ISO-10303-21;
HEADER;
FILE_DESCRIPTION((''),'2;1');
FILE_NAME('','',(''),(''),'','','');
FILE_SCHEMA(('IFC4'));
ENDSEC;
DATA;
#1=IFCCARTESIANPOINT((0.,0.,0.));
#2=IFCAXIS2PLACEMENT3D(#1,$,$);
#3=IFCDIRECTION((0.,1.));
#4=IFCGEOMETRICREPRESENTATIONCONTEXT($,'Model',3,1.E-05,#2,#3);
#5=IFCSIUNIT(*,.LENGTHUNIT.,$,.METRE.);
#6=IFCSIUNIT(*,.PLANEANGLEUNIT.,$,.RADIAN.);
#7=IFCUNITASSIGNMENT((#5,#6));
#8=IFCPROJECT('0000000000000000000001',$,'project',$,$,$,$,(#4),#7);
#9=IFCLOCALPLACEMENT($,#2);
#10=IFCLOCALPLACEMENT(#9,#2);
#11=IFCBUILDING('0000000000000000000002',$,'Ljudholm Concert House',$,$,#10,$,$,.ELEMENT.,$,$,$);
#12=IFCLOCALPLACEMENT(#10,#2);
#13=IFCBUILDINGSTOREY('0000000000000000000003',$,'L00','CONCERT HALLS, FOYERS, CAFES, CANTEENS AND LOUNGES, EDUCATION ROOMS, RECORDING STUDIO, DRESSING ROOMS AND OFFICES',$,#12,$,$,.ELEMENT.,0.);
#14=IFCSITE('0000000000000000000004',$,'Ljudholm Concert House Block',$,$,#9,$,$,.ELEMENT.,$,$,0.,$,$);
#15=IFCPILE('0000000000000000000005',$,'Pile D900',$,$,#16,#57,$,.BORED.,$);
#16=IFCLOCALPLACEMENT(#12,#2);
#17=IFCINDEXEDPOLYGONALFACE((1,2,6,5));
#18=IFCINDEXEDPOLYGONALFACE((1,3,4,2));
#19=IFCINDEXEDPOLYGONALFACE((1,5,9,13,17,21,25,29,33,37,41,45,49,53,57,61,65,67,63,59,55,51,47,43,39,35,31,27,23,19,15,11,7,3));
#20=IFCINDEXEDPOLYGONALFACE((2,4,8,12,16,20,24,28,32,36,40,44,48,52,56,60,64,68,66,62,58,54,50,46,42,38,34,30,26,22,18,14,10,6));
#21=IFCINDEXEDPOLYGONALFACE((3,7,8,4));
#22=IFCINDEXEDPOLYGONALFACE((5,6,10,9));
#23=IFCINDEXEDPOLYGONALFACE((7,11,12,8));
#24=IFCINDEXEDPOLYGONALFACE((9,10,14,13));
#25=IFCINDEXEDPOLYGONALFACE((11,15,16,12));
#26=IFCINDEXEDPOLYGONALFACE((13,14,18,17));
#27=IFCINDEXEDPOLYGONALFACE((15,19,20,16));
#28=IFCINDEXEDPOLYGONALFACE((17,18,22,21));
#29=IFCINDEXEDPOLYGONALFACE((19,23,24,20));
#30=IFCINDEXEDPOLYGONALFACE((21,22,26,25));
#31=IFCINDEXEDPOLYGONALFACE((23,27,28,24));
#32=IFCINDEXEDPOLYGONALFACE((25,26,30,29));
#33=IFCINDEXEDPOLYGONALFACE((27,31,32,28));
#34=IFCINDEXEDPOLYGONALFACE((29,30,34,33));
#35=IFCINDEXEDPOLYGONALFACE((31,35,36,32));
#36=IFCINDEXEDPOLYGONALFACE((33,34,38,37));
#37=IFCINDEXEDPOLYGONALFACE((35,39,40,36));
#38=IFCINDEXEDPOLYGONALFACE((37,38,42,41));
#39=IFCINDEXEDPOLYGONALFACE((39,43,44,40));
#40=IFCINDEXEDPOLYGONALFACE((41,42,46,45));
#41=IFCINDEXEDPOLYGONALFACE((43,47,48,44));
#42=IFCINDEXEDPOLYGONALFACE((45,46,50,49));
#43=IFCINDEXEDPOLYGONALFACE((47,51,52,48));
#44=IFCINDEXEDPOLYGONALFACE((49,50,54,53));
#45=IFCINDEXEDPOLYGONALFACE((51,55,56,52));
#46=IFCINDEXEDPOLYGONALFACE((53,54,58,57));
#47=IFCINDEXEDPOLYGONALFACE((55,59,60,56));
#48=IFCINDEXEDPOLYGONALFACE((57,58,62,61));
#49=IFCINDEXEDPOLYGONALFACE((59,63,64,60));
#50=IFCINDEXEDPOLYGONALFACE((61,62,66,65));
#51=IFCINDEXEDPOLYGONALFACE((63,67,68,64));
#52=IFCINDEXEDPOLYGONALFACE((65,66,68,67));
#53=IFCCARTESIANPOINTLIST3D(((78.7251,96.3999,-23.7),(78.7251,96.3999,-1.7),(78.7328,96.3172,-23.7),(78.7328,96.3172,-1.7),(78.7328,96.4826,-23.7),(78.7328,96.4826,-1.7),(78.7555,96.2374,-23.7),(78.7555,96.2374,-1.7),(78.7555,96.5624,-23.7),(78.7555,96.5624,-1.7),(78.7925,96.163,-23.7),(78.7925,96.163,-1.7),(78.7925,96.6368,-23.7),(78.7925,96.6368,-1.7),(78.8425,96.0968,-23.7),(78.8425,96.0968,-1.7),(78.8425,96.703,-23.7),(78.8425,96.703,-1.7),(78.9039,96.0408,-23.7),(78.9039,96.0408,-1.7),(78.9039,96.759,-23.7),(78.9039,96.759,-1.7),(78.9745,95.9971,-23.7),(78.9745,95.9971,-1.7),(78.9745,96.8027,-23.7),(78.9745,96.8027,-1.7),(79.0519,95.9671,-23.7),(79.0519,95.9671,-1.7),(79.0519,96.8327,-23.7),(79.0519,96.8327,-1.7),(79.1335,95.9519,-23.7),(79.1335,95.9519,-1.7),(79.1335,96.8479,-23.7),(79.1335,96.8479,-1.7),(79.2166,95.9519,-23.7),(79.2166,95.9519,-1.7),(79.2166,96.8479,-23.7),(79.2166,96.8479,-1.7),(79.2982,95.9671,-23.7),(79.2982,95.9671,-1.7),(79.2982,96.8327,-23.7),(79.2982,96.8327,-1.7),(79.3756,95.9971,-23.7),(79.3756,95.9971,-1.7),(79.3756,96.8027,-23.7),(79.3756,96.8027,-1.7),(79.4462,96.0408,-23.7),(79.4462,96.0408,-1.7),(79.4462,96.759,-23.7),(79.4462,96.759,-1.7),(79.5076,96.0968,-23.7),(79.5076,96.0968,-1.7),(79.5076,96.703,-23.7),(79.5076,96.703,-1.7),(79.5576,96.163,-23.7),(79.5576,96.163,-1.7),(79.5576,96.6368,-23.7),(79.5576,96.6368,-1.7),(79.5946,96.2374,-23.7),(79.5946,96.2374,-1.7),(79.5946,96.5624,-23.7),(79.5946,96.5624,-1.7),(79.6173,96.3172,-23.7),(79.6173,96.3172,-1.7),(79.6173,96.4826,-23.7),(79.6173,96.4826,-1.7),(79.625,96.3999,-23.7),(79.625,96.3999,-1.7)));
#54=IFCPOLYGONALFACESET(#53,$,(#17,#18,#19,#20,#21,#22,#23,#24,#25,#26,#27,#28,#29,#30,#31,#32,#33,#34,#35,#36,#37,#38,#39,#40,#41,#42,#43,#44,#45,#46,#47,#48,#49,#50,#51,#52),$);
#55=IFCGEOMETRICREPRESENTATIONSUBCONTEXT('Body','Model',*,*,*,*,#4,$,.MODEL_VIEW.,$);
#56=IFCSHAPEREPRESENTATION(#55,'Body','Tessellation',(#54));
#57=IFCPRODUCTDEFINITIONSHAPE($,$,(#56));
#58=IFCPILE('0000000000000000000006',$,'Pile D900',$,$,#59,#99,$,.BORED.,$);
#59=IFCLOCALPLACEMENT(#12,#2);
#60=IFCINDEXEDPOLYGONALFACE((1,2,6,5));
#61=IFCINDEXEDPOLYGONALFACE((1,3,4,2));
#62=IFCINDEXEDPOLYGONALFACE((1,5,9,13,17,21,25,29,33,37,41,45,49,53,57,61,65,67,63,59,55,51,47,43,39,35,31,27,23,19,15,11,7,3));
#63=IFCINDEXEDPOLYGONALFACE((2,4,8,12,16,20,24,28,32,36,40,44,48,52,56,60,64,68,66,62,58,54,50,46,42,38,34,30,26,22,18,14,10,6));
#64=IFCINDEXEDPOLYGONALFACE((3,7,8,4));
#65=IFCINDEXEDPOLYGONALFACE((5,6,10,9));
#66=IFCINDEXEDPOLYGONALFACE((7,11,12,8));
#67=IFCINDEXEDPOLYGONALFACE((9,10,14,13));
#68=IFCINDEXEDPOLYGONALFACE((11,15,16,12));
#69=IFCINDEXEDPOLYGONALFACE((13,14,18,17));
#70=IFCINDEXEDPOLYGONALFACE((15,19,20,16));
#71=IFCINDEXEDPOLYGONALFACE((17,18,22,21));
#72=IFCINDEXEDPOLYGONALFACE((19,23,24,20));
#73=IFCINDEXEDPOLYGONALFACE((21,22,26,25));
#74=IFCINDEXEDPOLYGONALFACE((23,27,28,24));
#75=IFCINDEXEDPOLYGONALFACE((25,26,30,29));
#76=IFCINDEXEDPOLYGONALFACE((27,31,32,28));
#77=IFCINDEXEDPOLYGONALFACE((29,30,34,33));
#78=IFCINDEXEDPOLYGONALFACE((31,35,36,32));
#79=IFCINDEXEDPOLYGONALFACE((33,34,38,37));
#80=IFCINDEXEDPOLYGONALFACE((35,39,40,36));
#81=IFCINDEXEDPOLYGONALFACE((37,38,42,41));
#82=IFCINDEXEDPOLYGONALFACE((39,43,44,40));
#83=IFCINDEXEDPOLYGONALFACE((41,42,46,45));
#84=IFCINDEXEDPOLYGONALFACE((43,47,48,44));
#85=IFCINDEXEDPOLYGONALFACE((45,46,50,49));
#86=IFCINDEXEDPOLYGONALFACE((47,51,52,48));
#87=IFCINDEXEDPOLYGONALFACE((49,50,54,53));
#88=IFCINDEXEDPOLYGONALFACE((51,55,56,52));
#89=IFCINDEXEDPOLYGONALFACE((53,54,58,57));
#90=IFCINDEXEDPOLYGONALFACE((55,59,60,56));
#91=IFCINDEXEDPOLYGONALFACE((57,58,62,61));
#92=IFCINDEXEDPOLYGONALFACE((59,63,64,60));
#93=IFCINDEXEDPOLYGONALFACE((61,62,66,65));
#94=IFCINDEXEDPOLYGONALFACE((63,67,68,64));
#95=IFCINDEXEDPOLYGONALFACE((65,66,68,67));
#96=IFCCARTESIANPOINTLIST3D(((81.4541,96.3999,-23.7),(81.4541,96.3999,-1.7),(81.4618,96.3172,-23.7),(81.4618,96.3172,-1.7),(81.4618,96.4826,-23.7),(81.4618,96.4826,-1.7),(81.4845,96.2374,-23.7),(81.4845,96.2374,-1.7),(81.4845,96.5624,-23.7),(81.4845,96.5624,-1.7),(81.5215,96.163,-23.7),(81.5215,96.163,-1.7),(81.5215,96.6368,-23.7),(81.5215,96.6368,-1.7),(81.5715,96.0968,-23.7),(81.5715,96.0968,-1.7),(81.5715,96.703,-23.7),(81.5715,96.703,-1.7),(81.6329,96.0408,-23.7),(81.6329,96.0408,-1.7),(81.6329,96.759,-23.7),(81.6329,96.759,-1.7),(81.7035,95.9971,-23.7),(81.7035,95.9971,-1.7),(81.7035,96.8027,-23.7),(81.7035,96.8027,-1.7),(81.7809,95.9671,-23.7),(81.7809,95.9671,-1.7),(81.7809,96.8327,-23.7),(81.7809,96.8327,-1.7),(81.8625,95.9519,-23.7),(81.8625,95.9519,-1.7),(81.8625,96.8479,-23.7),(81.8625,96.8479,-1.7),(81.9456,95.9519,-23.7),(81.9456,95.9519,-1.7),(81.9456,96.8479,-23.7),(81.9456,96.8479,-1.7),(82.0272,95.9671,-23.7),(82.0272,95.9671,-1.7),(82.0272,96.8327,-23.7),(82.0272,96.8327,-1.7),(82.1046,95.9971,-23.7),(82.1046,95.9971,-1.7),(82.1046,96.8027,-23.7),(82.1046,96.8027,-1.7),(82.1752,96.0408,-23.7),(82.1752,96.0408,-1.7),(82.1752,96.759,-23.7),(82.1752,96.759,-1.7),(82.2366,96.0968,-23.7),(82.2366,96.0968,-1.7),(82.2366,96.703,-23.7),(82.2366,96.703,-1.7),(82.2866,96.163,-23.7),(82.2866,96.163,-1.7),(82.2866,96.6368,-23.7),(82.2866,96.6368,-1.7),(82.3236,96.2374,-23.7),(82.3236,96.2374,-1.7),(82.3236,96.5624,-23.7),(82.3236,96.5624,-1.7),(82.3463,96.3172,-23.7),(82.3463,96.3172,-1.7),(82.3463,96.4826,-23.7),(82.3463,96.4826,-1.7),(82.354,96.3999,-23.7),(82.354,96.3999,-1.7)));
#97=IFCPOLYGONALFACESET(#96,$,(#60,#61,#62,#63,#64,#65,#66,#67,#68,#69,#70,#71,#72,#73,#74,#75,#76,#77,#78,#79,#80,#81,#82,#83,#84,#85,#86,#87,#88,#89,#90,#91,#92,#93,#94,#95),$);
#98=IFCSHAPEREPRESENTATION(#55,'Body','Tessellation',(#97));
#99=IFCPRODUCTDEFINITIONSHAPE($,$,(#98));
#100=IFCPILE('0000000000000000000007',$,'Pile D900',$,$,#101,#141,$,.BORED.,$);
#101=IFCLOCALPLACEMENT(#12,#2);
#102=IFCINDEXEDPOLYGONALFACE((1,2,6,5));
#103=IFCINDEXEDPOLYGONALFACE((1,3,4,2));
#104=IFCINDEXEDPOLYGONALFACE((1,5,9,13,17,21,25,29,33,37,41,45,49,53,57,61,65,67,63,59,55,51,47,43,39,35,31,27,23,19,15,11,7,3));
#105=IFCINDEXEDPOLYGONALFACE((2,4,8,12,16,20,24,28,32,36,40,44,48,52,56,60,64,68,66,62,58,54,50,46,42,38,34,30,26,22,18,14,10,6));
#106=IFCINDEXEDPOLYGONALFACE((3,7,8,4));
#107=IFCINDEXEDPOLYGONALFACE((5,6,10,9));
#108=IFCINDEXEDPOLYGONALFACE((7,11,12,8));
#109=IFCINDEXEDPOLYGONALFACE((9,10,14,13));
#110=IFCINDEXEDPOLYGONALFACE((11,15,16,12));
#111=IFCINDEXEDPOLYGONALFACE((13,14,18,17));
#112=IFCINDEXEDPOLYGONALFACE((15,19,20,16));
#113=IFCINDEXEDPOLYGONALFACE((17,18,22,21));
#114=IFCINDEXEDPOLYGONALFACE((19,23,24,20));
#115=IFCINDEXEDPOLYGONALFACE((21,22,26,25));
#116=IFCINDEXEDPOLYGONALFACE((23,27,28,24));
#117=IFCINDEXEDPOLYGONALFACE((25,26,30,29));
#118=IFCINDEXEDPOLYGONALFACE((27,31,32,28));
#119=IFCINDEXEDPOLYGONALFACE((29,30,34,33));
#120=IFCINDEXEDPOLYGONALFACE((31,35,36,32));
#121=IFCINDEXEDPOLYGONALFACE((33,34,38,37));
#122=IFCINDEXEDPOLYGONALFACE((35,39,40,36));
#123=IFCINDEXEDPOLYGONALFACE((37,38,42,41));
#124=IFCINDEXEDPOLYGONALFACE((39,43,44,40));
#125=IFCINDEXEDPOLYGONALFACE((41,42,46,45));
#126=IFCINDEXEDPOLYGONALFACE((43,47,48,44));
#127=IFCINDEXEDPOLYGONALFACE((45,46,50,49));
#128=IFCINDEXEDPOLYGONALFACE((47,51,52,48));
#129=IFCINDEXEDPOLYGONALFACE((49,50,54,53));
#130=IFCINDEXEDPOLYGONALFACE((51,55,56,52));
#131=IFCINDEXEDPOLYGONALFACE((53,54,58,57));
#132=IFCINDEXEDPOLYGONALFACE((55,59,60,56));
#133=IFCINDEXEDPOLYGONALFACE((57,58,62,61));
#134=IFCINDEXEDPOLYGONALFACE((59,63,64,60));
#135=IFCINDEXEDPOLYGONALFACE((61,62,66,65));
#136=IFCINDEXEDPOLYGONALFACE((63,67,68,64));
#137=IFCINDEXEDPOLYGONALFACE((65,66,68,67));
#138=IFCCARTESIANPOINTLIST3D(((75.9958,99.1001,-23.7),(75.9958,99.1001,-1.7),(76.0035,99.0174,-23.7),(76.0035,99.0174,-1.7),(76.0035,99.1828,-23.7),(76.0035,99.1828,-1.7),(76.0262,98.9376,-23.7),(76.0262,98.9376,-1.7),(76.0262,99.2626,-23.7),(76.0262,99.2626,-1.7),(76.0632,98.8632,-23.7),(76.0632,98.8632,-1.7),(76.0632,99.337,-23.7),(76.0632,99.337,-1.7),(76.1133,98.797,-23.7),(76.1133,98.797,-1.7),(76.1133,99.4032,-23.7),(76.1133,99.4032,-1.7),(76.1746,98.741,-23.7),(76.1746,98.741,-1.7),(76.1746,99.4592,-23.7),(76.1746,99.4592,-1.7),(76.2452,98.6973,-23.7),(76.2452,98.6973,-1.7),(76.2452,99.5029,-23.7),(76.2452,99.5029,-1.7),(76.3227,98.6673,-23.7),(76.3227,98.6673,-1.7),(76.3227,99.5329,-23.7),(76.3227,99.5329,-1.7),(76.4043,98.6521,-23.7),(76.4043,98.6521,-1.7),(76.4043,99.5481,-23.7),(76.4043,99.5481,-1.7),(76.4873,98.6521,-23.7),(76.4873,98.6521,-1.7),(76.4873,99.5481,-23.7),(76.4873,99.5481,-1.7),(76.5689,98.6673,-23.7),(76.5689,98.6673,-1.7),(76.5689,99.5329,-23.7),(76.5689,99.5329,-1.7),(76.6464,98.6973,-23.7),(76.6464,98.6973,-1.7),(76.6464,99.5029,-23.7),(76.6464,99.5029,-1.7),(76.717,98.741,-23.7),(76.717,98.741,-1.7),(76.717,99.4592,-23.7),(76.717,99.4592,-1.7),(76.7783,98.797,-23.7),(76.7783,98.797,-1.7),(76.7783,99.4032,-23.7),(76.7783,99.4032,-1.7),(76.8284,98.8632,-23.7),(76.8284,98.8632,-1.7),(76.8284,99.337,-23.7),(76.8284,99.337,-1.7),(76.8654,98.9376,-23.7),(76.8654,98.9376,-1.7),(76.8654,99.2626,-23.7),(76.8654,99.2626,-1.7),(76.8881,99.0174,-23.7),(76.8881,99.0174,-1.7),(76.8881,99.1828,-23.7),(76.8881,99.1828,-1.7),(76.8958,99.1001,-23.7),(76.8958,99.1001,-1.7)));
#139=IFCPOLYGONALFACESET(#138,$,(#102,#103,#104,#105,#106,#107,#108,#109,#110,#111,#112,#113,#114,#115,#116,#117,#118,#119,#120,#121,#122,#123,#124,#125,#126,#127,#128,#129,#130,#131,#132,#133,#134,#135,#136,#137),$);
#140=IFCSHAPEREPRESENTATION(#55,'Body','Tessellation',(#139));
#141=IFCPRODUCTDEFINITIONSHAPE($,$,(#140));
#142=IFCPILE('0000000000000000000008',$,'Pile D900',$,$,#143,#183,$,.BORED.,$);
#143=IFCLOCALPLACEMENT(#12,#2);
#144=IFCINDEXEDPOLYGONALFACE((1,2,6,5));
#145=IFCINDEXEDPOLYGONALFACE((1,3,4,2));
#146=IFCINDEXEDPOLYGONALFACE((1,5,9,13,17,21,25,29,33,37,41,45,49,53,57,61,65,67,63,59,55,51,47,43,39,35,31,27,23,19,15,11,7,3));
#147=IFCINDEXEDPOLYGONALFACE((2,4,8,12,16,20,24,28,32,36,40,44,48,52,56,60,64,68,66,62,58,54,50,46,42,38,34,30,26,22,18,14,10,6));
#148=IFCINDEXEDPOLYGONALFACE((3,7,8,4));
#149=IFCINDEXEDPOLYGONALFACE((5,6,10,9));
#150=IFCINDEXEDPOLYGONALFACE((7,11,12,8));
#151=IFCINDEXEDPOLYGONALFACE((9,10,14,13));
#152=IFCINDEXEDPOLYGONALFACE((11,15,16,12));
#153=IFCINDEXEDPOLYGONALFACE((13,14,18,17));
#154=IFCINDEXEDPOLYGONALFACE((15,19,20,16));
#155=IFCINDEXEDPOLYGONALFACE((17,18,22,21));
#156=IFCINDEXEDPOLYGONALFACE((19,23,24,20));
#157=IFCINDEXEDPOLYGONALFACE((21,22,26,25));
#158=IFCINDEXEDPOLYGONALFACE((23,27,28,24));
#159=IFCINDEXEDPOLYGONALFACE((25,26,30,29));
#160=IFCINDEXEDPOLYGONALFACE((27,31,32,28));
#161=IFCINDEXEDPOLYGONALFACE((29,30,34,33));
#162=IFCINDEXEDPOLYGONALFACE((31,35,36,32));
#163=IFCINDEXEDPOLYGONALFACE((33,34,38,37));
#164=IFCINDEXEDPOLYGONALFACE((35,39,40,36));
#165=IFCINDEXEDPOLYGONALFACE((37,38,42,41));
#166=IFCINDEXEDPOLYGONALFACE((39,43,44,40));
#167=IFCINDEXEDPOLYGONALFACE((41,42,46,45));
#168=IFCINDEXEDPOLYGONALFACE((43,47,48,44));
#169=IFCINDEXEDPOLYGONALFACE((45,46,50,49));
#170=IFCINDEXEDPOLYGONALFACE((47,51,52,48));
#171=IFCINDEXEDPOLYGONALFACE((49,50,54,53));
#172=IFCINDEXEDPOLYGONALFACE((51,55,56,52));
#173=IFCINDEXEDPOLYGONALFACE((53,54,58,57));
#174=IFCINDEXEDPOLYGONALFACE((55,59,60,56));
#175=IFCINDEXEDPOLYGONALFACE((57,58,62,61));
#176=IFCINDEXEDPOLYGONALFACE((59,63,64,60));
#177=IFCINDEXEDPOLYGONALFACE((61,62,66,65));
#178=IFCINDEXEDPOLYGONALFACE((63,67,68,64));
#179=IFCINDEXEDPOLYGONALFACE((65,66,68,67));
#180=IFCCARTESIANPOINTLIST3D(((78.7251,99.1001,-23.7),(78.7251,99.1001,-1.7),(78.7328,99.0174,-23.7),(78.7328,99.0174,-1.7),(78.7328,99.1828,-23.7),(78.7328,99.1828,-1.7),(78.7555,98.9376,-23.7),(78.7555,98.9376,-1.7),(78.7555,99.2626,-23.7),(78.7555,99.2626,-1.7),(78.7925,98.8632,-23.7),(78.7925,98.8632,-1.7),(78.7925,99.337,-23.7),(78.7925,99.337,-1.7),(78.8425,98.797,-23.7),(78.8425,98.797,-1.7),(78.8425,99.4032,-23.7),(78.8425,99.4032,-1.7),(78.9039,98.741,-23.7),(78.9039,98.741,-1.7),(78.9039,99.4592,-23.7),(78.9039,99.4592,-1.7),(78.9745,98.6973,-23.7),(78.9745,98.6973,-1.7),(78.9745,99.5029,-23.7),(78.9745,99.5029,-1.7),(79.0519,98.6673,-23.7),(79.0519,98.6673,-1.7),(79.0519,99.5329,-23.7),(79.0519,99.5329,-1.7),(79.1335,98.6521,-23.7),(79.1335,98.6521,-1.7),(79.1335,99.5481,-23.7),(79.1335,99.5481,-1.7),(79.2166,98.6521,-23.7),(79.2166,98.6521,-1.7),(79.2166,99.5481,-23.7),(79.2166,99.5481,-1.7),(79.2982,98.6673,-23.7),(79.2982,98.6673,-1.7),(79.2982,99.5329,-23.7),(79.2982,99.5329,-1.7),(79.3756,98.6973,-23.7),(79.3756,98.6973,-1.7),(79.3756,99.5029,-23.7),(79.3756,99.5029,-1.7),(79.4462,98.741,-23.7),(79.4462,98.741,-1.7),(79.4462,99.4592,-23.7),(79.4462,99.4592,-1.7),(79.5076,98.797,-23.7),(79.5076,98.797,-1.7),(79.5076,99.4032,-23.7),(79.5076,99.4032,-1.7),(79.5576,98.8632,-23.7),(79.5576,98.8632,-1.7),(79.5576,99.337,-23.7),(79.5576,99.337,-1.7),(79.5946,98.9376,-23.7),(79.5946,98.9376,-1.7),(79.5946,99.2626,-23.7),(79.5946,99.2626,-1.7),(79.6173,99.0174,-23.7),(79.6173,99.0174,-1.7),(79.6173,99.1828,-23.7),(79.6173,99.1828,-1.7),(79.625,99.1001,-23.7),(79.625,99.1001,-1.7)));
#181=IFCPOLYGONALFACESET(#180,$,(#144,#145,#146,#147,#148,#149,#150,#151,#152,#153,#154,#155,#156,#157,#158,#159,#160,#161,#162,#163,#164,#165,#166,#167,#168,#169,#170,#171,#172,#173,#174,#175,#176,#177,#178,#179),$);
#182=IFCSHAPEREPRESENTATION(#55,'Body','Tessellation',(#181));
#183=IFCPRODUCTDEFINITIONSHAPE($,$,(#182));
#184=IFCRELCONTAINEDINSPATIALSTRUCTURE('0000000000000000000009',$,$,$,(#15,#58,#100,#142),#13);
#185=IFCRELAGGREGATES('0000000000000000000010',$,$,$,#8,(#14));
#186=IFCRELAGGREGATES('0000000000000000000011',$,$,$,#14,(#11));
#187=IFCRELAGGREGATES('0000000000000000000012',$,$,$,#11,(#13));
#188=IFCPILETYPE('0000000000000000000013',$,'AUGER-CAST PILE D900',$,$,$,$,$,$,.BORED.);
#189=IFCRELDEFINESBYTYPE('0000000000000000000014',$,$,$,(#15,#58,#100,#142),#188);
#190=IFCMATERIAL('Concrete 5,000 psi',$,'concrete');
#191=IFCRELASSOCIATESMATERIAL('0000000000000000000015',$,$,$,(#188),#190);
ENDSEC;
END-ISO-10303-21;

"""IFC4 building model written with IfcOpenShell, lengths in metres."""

from ifc_helpers import new_model, si_unit, direction, frame, origin, origin_2d, place, context, subcontext, project, spatial, circle, extrude, material, material_profile, profile_set, type_object, element, save


model = new_model("IFC4")

# Units and contexts
model_context = context("Model", 3, precision=1e-05, world=origin(), true_north=direction((0.0, 1.0)))
body_context = subcontext(model_context, "Body", "Model", "MODEL_VIEW")
ifc_project = project(units=[si_unit("LENGTHUNIT", "METRE"), si_unit("PLANEANGLEUNIT", "RADIAN")], contexts=[model_context])

# Site, building, storey
site_placement = place(None, origin())
site = spatial("IfcSite", under=ifc_project, at=site_placement, Name="Ljudholm Concert House Block", CompositionType="ELEMENT", RefElevation=0.0)
building_placement = place(site_placement, origin())
building = spatial("IfcBuilding", under=site, at=building_placement, Name="Ljudholm Concert House", CompositionType="ELEMENT")
storey_placement = place(building_placement, origin())
storey = spatial("IfcBuildingStorey", under=building, at=storey_placement, Name="L00", Description="CONCERT HALLS, FOYERS, CAFES, CANTEENS AND LOUNGES, EDUCATION ROOMS, RECORDING STUDIO, DRESSING ROOMS AND OFFICES", CompositionType="ELEMENT", Elevation=0.0)

# Piles
ifc_material_1 = material(Name="Concrete 5,000 psi", Category="concrete")
ifc_material_profile_1 = material_profile(ifc_material_1, circle(Radius=0.45, at=origin_2d()), Name="AUGER-CAST PILE D900")
ifc_profile_set_1 = profile_set([ifc_material_profile_1], Name="Concrete 5,000 psi")
pile_type_1 = type_object("IfcPileType", Name="AUGER-CAST PILE D900", PredefinedType="BORED", material=ifc_profile_set_1)
for number, where, z_axis, x_axis, name in (
    (1, (79.175, 96.3999, -1.7), (0.0, 0.0, -1.0), (1.0, 0.0, 0.0), "Pile D900"),
    (2, (81.9041, 96.3999, -1.7), (0.0, 0.0, -1.0), (1.0, 0.0, 0.0), "Pile D900"),
    (3, (76.4458, 99.1001, -1.7), (0.0, 0.0, -1.0), (1.0, 0.0, 0.0), "Pile D900"),
    (4, (79.175, 99.1001, -1.7), (0.0, 0.0, -1.0), (1.0, 0.0, 0.0), "Pile D900"),
):
    element("IfcPile", number, at=place(storey_placement, frame(where, z_axis=z_axis, x_axis=x_axis)), inside=storey, type_object=pile_type_1, Name=name, PredefinedType="BORED", context=body_context, shape_type="SweptSolid", body=[
        extrude(circle(Radius=0.45, at=origin_2d()), origin(), (0.0, 0.0, 1.0), 22.0),
    ])

save(model, "model.ifc")
